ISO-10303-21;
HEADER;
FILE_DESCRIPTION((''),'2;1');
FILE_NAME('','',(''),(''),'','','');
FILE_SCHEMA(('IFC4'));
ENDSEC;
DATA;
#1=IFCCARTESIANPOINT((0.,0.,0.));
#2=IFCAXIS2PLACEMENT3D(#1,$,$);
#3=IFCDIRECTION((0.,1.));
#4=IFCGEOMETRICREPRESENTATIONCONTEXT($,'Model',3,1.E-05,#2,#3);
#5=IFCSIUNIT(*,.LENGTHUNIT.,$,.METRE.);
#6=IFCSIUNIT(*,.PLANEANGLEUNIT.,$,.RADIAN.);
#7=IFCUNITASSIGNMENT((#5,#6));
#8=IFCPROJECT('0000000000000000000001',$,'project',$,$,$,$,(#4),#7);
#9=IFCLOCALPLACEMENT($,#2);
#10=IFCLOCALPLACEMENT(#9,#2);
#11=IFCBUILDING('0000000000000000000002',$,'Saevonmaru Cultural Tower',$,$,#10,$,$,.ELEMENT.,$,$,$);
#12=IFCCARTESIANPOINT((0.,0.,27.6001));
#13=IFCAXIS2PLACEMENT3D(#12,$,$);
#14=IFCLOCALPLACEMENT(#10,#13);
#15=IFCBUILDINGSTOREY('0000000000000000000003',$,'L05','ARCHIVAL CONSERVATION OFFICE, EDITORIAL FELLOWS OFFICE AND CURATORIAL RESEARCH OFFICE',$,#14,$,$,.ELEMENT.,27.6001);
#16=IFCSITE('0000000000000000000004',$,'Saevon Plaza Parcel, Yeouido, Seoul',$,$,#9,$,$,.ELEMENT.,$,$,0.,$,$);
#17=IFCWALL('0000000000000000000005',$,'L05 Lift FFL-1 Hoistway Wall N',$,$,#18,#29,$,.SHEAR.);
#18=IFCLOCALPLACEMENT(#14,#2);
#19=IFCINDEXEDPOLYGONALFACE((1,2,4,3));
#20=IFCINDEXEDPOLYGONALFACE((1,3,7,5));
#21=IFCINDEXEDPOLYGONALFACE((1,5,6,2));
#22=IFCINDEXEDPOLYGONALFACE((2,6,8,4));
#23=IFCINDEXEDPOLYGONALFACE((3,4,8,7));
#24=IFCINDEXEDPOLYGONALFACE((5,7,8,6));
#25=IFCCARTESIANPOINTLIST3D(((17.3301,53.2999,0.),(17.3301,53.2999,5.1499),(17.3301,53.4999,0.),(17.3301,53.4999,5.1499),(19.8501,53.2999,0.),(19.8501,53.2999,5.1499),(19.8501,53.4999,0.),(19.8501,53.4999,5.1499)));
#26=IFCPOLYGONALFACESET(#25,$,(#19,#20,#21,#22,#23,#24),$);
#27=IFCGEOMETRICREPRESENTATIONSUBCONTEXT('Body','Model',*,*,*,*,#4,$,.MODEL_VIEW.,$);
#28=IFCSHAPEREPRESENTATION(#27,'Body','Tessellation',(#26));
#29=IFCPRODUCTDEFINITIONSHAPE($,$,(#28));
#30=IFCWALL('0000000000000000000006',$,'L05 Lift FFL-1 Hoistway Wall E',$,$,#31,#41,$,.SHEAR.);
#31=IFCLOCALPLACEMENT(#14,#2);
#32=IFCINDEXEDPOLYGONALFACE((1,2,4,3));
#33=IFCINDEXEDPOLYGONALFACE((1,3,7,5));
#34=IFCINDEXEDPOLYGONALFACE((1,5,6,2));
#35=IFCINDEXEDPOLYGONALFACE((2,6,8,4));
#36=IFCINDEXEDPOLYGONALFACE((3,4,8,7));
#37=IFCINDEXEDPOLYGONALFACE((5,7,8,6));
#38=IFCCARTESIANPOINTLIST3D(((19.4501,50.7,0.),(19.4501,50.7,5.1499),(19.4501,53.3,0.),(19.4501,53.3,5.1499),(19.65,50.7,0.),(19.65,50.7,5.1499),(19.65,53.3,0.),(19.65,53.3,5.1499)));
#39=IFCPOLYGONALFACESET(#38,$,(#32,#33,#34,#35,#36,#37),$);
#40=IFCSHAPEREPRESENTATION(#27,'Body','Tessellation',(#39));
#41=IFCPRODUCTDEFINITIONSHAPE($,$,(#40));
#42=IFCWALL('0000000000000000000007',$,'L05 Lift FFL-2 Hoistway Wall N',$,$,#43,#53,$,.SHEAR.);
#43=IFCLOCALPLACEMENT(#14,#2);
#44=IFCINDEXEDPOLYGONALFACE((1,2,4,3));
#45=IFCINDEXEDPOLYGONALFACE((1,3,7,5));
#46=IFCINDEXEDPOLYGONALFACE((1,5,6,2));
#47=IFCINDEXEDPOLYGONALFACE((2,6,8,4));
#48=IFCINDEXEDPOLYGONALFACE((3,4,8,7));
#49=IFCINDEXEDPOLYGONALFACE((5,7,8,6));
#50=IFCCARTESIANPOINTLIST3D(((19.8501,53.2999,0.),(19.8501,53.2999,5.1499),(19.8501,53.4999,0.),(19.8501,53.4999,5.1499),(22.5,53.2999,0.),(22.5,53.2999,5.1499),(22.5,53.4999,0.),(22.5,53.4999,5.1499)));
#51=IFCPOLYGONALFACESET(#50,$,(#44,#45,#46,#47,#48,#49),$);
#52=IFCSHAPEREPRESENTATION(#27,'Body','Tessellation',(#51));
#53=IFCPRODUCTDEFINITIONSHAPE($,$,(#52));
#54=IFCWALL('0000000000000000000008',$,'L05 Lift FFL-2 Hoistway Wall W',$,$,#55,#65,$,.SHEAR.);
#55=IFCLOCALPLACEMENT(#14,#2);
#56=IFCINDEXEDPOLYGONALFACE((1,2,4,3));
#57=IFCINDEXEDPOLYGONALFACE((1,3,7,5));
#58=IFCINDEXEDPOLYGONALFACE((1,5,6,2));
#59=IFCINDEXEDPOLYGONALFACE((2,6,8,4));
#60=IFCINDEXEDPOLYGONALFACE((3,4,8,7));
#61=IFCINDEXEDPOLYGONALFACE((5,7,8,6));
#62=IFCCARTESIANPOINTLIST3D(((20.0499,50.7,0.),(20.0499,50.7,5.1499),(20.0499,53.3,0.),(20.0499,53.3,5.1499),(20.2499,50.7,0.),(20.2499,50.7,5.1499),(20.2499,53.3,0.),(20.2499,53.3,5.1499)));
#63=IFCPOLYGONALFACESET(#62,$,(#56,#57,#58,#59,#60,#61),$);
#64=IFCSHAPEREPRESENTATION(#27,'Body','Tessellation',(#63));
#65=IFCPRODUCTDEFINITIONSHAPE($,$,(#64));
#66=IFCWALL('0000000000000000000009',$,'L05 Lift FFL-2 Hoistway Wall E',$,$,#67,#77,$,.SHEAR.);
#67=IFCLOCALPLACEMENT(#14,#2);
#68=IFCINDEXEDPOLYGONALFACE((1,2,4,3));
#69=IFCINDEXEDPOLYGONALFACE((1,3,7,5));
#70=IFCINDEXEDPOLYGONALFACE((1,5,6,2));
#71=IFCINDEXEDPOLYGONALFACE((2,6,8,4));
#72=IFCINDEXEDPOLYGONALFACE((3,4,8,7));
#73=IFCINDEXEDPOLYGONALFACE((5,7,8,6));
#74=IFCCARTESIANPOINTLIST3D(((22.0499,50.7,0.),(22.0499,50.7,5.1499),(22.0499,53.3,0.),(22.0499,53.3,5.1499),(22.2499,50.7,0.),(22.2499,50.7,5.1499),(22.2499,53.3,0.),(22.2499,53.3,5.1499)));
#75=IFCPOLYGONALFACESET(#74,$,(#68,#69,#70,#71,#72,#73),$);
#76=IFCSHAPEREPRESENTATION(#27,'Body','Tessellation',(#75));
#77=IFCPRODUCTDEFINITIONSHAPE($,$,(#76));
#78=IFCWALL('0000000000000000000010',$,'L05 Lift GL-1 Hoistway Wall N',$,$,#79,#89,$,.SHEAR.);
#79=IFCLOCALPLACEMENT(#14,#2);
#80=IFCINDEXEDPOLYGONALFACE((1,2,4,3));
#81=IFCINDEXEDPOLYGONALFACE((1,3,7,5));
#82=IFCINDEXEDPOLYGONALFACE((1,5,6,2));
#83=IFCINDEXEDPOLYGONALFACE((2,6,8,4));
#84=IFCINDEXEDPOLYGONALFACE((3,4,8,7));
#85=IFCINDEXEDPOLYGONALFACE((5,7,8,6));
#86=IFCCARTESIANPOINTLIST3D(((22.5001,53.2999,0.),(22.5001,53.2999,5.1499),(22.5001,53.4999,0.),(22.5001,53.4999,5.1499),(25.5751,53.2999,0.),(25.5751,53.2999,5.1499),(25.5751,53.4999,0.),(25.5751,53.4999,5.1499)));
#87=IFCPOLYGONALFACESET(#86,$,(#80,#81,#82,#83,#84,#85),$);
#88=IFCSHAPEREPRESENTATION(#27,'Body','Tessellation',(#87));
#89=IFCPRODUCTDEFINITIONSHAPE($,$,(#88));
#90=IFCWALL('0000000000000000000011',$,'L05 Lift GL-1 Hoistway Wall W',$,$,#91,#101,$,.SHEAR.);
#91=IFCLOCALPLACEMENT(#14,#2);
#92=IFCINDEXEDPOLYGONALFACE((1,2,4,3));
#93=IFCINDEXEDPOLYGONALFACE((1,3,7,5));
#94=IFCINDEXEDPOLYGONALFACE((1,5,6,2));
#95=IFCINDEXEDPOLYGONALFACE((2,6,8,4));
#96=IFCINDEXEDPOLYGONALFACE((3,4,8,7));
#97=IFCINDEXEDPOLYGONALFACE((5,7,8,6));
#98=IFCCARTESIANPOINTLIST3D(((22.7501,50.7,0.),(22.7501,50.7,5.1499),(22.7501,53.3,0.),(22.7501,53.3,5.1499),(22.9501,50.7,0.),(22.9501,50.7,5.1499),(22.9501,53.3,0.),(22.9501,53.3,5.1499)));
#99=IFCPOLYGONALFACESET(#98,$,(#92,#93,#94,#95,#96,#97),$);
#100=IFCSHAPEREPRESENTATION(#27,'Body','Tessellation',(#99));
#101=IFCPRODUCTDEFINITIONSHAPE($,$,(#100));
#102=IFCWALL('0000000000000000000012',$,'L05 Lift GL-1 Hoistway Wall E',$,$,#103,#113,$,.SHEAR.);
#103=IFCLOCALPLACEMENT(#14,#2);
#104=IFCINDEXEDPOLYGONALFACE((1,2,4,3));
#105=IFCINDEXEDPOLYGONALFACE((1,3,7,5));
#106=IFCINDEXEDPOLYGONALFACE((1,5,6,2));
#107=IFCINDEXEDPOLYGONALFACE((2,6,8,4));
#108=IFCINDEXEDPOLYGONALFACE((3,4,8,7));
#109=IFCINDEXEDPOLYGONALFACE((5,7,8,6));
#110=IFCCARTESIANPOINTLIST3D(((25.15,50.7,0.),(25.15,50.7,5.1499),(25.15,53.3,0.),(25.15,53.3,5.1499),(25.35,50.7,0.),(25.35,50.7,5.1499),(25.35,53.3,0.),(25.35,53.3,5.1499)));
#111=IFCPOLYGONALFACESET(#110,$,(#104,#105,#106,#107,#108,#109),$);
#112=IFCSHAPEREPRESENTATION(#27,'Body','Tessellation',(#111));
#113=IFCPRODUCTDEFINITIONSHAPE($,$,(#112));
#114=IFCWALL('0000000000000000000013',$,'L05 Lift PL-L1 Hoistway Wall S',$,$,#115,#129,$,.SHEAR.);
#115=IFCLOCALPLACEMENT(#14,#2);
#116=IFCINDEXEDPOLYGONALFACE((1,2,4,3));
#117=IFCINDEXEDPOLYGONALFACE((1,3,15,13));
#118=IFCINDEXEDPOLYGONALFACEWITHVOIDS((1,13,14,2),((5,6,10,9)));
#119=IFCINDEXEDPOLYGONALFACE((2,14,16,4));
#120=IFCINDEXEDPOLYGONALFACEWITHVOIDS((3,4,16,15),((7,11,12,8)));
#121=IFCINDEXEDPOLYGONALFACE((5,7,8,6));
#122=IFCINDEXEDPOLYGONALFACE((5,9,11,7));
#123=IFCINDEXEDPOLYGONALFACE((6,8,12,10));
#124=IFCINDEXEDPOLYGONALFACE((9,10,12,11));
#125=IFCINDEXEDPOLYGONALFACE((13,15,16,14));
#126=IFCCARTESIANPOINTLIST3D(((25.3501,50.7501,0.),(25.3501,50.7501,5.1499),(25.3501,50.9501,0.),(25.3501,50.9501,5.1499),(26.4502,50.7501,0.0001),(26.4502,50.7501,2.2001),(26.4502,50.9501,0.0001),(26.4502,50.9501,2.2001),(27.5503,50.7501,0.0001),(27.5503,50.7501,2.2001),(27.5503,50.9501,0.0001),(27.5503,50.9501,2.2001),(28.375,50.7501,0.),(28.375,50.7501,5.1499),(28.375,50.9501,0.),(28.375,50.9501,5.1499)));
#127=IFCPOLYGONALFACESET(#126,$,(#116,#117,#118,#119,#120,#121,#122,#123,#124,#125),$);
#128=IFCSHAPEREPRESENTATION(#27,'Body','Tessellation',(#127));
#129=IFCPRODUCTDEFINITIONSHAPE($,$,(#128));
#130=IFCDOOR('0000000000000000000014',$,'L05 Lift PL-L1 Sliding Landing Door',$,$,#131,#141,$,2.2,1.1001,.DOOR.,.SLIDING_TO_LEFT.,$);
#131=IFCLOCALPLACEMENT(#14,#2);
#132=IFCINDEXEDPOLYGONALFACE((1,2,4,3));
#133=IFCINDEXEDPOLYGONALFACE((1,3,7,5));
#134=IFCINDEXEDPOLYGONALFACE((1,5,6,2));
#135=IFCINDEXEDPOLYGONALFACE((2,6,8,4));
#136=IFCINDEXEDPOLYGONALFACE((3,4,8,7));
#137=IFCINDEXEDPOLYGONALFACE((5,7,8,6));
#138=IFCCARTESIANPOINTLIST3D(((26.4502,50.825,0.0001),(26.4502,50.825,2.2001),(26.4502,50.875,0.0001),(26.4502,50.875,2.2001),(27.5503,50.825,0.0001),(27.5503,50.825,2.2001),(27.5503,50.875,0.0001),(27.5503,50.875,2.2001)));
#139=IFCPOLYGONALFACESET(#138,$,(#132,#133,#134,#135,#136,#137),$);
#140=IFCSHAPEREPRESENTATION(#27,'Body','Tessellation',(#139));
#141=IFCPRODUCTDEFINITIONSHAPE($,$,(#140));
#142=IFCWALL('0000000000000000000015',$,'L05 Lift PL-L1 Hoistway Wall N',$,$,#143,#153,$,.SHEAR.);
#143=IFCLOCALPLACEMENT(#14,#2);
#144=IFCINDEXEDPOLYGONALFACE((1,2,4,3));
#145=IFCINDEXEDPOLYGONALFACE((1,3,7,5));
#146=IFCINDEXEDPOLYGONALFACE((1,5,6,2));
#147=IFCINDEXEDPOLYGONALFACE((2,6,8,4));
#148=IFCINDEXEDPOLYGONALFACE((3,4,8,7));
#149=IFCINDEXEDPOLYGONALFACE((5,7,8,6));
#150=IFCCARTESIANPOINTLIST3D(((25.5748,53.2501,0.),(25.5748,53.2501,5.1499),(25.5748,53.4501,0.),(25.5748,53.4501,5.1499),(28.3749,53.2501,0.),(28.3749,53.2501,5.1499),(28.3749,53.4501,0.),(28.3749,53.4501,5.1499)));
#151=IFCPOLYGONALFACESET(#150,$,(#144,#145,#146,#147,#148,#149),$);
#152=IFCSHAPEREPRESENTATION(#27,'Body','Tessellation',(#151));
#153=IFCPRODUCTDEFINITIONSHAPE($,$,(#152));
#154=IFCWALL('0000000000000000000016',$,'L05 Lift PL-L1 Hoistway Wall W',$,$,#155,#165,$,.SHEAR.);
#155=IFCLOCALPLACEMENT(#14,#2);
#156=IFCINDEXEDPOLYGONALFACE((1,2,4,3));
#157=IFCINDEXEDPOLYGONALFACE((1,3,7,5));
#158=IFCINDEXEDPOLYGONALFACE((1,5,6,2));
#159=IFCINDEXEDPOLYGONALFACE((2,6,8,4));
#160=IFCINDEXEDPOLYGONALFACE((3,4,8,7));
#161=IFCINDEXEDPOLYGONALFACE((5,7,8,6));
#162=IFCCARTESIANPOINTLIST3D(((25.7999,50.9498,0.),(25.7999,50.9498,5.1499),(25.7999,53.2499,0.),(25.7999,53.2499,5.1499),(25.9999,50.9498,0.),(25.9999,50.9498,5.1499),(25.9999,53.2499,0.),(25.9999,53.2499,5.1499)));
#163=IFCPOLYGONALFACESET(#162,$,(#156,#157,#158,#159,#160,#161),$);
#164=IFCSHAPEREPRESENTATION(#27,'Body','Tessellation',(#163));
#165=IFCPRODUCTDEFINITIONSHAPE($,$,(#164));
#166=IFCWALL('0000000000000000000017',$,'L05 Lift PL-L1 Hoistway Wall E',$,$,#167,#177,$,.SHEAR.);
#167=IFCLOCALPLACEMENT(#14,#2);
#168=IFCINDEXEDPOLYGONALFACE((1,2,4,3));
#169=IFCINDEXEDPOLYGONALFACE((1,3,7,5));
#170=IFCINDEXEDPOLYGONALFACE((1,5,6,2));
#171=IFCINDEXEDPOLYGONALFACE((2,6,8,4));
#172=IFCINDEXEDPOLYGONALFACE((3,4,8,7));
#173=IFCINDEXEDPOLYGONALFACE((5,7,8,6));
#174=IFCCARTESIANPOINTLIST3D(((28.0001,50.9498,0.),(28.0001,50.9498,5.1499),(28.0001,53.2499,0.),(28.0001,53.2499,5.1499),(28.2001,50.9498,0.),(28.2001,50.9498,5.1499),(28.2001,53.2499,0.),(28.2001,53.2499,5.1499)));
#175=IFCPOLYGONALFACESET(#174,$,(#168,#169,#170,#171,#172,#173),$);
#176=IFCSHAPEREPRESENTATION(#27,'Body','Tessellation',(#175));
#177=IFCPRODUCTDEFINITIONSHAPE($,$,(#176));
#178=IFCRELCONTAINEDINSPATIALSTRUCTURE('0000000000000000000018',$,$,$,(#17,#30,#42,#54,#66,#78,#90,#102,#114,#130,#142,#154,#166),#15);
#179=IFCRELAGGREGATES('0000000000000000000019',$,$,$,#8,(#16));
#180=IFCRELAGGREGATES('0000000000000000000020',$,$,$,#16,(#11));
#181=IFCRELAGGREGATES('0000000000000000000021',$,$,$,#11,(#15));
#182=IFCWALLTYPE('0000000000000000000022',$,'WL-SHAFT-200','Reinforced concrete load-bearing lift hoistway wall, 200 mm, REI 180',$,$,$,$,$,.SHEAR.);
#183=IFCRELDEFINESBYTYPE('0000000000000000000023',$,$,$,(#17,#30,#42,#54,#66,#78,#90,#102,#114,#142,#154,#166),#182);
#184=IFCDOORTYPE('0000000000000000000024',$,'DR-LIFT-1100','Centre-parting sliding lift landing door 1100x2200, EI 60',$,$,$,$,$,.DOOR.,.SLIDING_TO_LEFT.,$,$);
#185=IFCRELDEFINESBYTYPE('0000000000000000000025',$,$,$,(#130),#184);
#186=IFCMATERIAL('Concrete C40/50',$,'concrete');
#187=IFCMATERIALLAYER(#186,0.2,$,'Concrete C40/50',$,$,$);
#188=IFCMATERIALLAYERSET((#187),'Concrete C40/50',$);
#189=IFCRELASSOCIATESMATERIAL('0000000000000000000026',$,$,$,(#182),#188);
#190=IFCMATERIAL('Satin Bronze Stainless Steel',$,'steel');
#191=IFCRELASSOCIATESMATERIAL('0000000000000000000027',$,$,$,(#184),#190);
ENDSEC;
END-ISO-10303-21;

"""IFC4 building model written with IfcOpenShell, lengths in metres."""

from ifc_helpers import new_model, si_unit, direction, frame, frame_2d, origin, place, context, subcontext, project, spatial, rectangle, extrude, material, layer, layer_set, type_object, element, fill, save


model = new_model("IFC4")

# Units and contexts
model_context = context("Model", 3, precision=1e-05, world=origin(), true_north=direction((0.0, 1.0)))
body_context = subcontext(model_context, "Body", "Model", "MODEL_VIEW")
ifc_project = project(units=[si_unit("LENGTHUNIT", "METRE"), si_unit("PLANEANGLEUNIT", "RADIAN")], contexts=[model_context])

# Site, building, storey
site_placement = place(None, origin())
site = spatial("IfcSite", under=ifc_project, at=site_placement, Name="Saevon Plaza Parcel, Yeouido, Seoul", CompositionType="ELEMENT", RefElevation=0.0)
building_placement = place(site_placement, origin())
building = spatial("IfcBuilding", under=site, at=building_placement, Name="Saevonmaru Cultural Tower", CompositionType="ELEMENT")
storey_placement = place(building_placement, frame((0.0, 0.0, 27.6001)))
storey = spatial("IfcBuildingStorey", under=building, at=storey_placement, Name="L05", Description="ARCHIVAL CONSERVATION OFFICE, EDITORIAL FELLOWS OFFICE AND CURATORIAL RESEARCH OFFICE", CompositionType="ELEMENT", Elevation=27.6001)

# Walls
ifc_material_1 = material(Name="Concrete C40/50", Category="concrete")
ifc_layer_1 = layer(ifc_material_1, 0.2, Name="Concrete C40/50")
ifc_layer_set_1 = layer_set([ifc_layer_1], Name="Concrete C40/50")
wall_type = type_object("IfcWallType", Name="WL-SHAFT-200", Description="Reinforced concrete load-bearing lift hoistway wall, 200 mm, REI 180", PredefinedType="SHEAR", material=ifc_layer_set_1)
wall_1_placement = place(storey_placement, frame((17.3301, 53.3999, 0.0), z_axis=(0.0, 0.0, 1.0), x_axis=(1.0, 0.0, 0.0)))
element("IfcWall", 1, at=wall_1_placement, inside=storey, type_object=wall_type, Name="L05 Lift FFL-1 Hoistway Wall N", PredefinedType="SHEAR", context=body_context, shape_type="SweptSolid", body=[
    extrude(rectangle(XDim=2.52, YDim=0.2, at=frame_2d((1.26, 0.0))), origin(), (0.0, 0.0, 1.0), 5.1499),
])
wall_2_placement = place(storey_placement, frame((19.55, 50.7, 0.0), z_axis=(0.0, 0.0, 1.0), x_axis=(0.0, 1.0, 0.0)))
element("IfcWall", 2, at=wall_2_placement, inside=storey, type_object=wall_type, Name="L05 Lift FFL-1 Hoistway Wall E", PredefinedType="SHEAR", context=body_context, shape_type="SweptSolid", body=[
    extrude(rectangle(XDim=2.6001, YDim=0.2, at=frame_2d((1.3, 0.0))), origin(), (0.0, 0.0, 1.0), 5.1499),
])
wall_3_placement = place(storey_placement, frame((19.8501, 53.3999, 0.0), z_axis=(0.0, 0.0, 1.0), x_axis=(1.0, 0.0, 0.0)))
element("IfcWall", 3, at=wall_3_placement, inside=storey, type_object=wall_type, Name="L05 Lift FFL-2 Hoistway Wall N", PredefinedType="SHEAR", context=body_context, shape_type="SweptSolid", body=[
    extrude(rectangle(XDim=2.6499, YDim=0.2, at=frame_2d((1.325, 0.0))), origin(), (0.0, 0.0, 1.0), 5.1499),
])
for number, where, z_axis, x_axis, name in (
    (4, (20.1499, 50.7, 0.0), (0.0, 0.0, 1.0), (0.0, 1.0, 0.0), "L05 Lift FFL-2 Hoistway Wall W"),
    (5, (22.1499, 50.7, 0.0), (0.0, 0.0, 1.0), (0.0, 1.0, 0.0), "L05 Lift FFL-2 Hoistway Wall E"),
):
    element("IfcWall", number, at=place(storey_placement, frame(where, z_axis=z_axis, x_axis=x_axis)), inside=storey, type_object=wall_type, Name=name, PredefinedType="SHEAR", context=body_context, shape_type="SweptSolid", body=[
        extrude(rectangle(XDim=2.6001, YDim=0.2, at=frame_2d((1.3, 0.0))), origin(), (0.0, 0.0, 1.0), 5.1499),
    ])
wall_4_placement = place(storey_placement, frame((22.5, 53.3999, 0.0), z_axis=(0.0, 0.0, 1.0), x_axis=(1.0, 0.0, 0.0)))
element("IfcWall", 6, at=wall_4_placement, inside=storey, type_object=wall_type, Name="L05 Lift GL-1 Hoistway Wall N", PredefinedType="SHEAR", context=body_context, shape_type="SweptSolid", body=[
    extrude(rectangle(XDim=3.075, YDim=0.2, at=frame_2d((1.5376, 0.0))), origin(), (0.0, 0.0, 1.0), 5.1499),
])
for number, where, z_axis, x_axis, name in (
    (7, (22.8501, 50.7, 0.0), (0.0, 0.0, 1.0), (0.0, 1.0, 0.0), "L05 Lift GL-1 Hoistway Wall W"),
    (8, (25.25, 50.7, 0.0), (0.0, 0.0, 1.0), (0.0, 1.0, 0.0), "L05 Lift GL-1 Hoistway Wall E"),
):
    element("IfcWall", number, at=place(storey_placement, frame(where, z_axis=z_axis, x_axis=x_axis)), inside=storey, type_object=wall_type, Name=name, PredefinedType="SHEAR", context=body_context, shape_type="SweptSolid", body=[
        extrude(rectangle(XDim=2.6001, YDim=0.2, at=frame_2d((1.3, 0.0))), origin(), (0.0, 0.0, 1.0), 5.1499),
    ])

# Wall, opening, door
wall_5_placement = place(storey_placement, frame((25.3501, 50.8501, 0.0), z_axis=(0.0, 0.0, 1.0), x_axis=(1.0, 0.0, 0.0)))
wall_5 = element("IfcWall", 9, at=wall_5_placement, inside=storey, type_object=wall_type, Name="L05 Lift PL-L1 Hoistway Wall S", PredefinedType="SHEAR", context=body_context, shape_type="SweptSolid", body=[
    extrude(rectangle(XDim=3.0249, YDim=0.2, at=frame_2d((1.5125, 0.0))), origin(), (0.0, 0.0, 1.0), 5.1499),
])
opening_placement = place(wall_5_placement, frame((1.1001, 0.0, 0.0)))
opening = element("IfcOpeningElement", 10, at=opening_placement, cuts=wall_5, PredefinedType="OPENING", context=body_context, shape_type="SweptSolid", body=[
    extrude(rectangle(XDim=1.1001, YDim=2.2, at=frame_2d((0.55, 1.1001))), frame((0.0, 0.1099, 0.0), z_axis=(0.0, -1.0, 0.0), x_axis=(1.0, 0.0, 0.0)), (0.0, 0.0, 1.0), 0.22),
])
ifc_material_2 = material(Name="Satin Bronze Stainless Steel", Category="steel")
door_type = type_object("IfcDoorType", Name="DR-LIFT-1100", Description="Centre-parting sliding lift landing door 1100x2200, EI 60", OperationType="SLIDING_TO_LEFT", PredefinedType="DOOR", material=ifc_material_2)
door_placement = place(opening_placement, origin())
door = element("IfcDoor", 11, at=door_placement, inside=storey, type_object=door_type, Name="L05 Lift PL-L1 Sliding Landing Door", OperationType="SLIDING_TO_LEFT", OverallHeight=2.2, OverallWidth=1.1001, PredefinedType="DOOR", context=body_context, shape_type="SweptSolid", body=[
    extrude(rectangle(XDim=1.1001, YDim=2.2, at=frame_2d((0.55, 1.1001))), frame((0.0, 0.0249, 0.0), z_axis=(0.0, -1.0, 0.0), x_axis=(1.0, 0.0, 0.0)), (0.0, 0.0, 1.0), 0.05),
])
fill(opening, door)

# Walls
wall_6_placement = place(storey_placement, frame((25.575, 53.3501, 0.0), z_axis=(0.0, 0.0, 1.0), x_axis=(1.0, 0.0, 0.0)))
element("IfcWall", 12, at=wall_6_placement, inside=storey, type_object=wall_type, Name="L05 Lift PL-L1 Hoistway Wall N", PredefinedType="SHEAR", context=body_context, shape_type="SweptSolid", body=[
    extrude(rectangle(XDim=2.8, YDim=0.2, at=frame_2d((1.3999, 0.0))), origin(), (0.0, 0.0, 1.0), 5.1499),
])
for number, where, z_axis, x_axis, name in (
    (13, (25.8999, 50.95, 0.0), (0.0, 0.0, 1.0), (0.0, 1.0, 0.0), "L05 Lift PL-L1 Hoistway Wall W"),
    (14, (28.1001, 50.95, 0.0), (0.0, 0.0, 1.0), (0.0, 1.0, 0.0), "L05 Lift PL-L1 Hoistway Wall E"),
):
    element("IfcWall", number, at=place(storey_placement, frame(where, z_axis=z_axis, x_axis=x_axis)), inside=storey, type_object=wall_type, Name=name, PredefinedType="SHEAR", context=body_context, shape_type="SweptSolid", body=[
        extrude(rectangle(XDim=2.3, YDim=0.2, at=frame_2d((1.1499, 0.0))), origin(), (0.0, 0.0, 1.0), 5.1499),
    ])

save(model, "model.ifc")
